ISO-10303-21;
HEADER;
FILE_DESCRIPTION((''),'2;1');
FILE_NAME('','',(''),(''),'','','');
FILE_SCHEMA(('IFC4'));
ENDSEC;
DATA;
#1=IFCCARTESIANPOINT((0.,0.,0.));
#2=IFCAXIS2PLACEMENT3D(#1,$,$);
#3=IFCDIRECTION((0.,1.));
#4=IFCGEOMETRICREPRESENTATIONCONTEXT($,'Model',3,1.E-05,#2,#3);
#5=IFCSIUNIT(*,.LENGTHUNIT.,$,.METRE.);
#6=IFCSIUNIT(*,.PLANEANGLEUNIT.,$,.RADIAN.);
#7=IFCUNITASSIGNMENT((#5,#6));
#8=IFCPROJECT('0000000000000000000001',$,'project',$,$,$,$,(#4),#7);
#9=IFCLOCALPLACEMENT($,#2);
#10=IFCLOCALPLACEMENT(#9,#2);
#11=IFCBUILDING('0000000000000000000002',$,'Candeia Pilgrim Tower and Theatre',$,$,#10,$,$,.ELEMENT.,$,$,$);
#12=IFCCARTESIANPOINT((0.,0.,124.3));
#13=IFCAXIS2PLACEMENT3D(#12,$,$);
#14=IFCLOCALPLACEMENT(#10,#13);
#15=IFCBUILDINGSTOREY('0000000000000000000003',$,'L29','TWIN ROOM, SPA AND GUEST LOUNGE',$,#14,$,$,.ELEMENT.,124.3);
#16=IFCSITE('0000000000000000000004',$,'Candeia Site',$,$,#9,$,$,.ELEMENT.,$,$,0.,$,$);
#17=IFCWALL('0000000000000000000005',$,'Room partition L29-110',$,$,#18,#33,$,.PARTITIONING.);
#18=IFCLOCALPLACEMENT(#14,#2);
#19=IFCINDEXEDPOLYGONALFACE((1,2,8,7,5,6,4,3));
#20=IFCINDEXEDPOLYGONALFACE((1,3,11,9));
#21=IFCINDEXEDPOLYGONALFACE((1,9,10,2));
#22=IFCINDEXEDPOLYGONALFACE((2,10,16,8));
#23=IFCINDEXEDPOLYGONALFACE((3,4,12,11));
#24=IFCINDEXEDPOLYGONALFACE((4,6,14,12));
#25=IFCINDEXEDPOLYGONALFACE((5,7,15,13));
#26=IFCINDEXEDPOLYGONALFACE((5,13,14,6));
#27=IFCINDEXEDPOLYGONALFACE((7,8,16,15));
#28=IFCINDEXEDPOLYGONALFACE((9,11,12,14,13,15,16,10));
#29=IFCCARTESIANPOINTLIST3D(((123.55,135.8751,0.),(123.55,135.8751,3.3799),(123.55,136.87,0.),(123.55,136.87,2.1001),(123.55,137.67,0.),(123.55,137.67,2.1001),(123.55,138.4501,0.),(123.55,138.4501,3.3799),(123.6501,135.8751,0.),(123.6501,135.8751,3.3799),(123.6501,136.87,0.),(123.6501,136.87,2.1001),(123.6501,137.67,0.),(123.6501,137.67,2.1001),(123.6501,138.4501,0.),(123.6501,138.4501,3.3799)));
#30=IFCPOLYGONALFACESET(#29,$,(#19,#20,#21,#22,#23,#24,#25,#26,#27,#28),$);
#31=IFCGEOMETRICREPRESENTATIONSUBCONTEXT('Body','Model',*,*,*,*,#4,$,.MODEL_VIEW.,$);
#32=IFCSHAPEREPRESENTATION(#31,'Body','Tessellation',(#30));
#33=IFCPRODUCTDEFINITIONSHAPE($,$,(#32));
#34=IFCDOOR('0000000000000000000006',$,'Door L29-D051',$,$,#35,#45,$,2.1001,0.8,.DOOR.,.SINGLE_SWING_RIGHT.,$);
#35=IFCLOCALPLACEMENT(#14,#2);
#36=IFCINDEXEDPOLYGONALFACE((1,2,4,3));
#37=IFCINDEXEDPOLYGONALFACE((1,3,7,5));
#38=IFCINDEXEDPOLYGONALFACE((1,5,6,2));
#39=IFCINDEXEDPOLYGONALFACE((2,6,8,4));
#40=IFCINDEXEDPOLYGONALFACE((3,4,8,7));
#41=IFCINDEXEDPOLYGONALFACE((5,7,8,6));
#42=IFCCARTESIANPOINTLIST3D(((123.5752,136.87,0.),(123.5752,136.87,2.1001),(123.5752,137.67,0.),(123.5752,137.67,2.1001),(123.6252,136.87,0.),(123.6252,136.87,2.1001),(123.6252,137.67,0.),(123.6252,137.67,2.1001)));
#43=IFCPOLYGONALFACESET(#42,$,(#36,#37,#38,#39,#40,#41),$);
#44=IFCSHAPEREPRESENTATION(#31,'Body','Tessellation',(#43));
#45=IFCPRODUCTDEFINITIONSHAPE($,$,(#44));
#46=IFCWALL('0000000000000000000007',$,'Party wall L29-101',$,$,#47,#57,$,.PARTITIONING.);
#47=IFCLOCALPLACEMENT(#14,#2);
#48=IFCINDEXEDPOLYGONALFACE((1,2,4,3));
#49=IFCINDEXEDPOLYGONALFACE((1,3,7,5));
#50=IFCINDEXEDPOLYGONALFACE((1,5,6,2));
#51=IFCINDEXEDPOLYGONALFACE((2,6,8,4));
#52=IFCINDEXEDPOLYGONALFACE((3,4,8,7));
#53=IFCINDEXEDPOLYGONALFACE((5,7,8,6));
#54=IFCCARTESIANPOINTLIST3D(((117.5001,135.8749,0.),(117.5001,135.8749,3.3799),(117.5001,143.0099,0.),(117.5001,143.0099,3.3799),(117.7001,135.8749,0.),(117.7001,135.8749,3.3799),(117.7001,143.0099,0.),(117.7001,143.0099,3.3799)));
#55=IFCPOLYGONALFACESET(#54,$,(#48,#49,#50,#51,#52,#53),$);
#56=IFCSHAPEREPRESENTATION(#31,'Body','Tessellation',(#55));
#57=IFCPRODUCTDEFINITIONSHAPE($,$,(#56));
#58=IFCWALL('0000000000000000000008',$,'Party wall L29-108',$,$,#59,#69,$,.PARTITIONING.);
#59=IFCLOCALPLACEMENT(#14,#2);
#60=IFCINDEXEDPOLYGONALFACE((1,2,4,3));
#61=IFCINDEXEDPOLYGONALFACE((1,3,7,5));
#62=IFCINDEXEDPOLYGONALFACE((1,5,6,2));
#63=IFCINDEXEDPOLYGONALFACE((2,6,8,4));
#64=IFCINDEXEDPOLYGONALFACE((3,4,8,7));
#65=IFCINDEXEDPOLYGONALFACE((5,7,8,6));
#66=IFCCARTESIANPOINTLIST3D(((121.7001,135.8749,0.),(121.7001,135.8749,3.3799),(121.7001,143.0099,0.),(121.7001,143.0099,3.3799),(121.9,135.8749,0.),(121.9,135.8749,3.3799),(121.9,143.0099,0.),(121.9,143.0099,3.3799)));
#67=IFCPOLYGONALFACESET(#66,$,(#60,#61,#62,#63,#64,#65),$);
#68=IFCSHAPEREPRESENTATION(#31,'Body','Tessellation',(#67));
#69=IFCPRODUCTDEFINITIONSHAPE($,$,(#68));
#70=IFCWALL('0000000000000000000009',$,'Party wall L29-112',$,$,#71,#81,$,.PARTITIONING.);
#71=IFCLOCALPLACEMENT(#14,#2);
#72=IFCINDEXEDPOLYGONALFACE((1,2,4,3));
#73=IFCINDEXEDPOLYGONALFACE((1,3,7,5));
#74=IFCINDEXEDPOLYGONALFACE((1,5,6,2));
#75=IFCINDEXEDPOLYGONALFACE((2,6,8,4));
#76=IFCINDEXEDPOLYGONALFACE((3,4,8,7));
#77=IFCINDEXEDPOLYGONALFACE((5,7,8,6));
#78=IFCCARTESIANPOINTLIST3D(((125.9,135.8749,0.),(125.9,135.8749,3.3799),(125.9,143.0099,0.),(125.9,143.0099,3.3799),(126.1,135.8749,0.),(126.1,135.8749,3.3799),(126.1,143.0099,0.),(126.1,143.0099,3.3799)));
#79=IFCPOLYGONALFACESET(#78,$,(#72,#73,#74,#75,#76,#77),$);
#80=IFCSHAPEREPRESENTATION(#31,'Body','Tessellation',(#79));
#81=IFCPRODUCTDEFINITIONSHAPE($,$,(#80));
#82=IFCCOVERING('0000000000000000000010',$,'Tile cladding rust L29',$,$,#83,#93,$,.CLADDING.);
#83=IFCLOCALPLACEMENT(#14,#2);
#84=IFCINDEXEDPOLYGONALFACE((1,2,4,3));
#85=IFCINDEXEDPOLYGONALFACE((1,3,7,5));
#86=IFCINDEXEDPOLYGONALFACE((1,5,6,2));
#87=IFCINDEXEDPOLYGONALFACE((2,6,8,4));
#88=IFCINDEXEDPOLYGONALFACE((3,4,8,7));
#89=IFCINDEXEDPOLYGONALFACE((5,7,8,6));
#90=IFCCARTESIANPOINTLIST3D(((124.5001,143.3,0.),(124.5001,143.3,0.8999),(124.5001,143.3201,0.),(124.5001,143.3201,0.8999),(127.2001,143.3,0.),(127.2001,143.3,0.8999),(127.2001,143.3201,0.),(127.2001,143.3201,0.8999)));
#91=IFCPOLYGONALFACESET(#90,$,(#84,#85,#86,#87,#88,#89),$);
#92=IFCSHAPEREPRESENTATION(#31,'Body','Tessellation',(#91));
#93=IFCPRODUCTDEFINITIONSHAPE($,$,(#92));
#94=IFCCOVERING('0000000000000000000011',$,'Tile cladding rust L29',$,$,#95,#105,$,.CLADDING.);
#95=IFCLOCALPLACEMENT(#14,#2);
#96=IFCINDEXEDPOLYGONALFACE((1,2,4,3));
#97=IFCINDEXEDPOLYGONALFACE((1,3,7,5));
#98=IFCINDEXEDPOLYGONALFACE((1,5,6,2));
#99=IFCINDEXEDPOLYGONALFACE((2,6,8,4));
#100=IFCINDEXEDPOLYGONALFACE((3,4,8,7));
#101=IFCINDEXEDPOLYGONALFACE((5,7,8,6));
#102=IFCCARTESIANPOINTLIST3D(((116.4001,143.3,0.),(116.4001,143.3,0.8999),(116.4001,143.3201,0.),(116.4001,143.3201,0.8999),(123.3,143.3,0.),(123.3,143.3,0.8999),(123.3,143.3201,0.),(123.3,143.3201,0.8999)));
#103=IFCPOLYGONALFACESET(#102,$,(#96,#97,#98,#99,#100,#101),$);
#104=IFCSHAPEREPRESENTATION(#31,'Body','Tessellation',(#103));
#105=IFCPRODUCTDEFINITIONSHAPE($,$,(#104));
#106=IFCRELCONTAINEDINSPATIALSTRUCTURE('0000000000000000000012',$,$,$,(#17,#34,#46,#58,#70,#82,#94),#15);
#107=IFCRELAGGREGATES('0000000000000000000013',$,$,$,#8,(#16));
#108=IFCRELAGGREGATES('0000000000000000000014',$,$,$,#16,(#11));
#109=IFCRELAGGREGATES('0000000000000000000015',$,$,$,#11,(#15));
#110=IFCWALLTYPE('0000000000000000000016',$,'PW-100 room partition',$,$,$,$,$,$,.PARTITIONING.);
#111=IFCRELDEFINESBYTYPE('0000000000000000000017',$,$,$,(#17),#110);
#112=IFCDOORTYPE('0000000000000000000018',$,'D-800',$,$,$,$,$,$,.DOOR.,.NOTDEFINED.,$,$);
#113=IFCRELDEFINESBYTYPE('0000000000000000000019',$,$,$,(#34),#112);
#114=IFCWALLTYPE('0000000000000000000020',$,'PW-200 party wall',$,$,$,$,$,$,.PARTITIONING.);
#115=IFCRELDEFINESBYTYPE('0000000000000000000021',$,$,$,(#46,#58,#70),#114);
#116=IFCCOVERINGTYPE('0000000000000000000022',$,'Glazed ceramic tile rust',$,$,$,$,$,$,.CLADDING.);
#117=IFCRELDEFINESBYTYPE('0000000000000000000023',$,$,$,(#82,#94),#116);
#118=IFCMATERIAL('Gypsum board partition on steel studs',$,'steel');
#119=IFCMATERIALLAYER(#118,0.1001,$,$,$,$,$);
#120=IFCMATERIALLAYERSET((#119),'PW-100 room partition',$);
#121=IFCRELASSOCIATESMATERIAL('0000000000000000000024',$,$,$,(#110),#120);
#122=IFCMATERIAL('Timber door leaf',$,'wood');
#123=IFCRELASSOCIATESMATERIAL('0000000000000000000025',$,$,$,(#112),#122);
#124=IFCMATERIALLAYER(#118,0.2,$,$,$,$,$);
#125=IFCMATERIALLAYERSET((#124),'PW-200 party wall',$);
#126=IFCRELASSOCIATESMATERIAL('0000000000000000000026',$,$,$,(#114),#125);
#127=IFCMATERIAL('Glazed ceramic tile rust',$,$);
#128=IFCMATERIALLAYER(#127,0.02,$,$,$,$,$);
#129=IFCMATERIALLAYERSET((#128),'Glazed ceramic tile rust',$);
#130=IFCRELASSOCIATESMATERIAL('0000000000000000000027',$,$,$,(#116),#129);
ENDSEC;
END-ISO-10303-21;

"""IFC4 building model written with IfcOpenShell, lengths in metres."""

from ifc_helpers import new_model, si_unit, direction, frame, frame_2d, origin, origin_2d, place, context, subcontext, project, spatial, rectangle, extrude, material, layer, layer_set, type_object, element, fill, save


model = new_model("IFC4")

# Units and contexts
model_context = context("Model", 3, precision=1e-05, world=origin(), true_north=direction((0.0, 1.0)))
body_context = subcontext(model_context, "Body", "Model", "MODEL_VIEW")
ifc_project = project(units=[si_unit("LENGTHUNIT", "METRE"), si_unit("PLANEANGLEUNIT", "RADIAN")], contexts=[model_context])

# Site, building, storey
site_placement = place(None, origin())
site = spatial("IfcSite", under=ifc_project, at=site_placement, Name="Candeia Site", CompositionType="ELEMENT", RefElevation=0.0)
building_placement = place(site_placement, origin())
building = spatial("IfcBuilding", under=site, at=building_placement, Name="Candeia Pilgrim Tower and Theatre", CompositionType="ELEMENT")
storey_placement = place(building_placement, frame((0.0, 0.0, 124.3)))
storey = spatial("IfcBuildingStorey", under=building, at=storey_placement, Name="L29", Description="TWIN ROOM, SPA AND GUEST LOUNGE", CompositionType="ELEMENT", Elevation=124.3)

# Shared definitions
ifc_material_1 = material(Name="Gypsum board partition on steel studs", Category="steel")
ifc_layer_1 = layer(ifc_material_1, 0.1001)
ifc_layer_set_1 = layer_set([ifc_layer_1], Name="PW-100 room partition")
wall_type_1 = type_object("IfcWallType", Name="PW-100 room partition", PredefinedType="PARTITIONING", material=ifc_layer_set_1)
ifc_material_2 = material(Name="Timber door leaf", Category="wood")
door_type_1 = type_object("IfcDoorType", Name="D-800", OperationType="NOTDEFINED", PredefinedType="DOOR", material=ifc_material_2)

# Wall, opening, door
wall_1_placement = place(storey_placement, frame((123.6001, 135.875, 0.0), z_axis=(0.0, 0.0, 1.0), x_axis=(0.0, 1.0, 0.0)))
wall_1 = element("IfcWall", 1, at=wall_1_placement, inside=storey, type_object=wall_type_1, Name="Room partition L29-110", PredefinedType="PARTITIONING", context=body_context, shape_type="SweptSolid", body=[
    extrude(rectangle(XDim=2.575, YDim=0.1001, at=frame_2d((1.2876, 0.0))), origin(), (0.0, 0.0, 1.0), 3.3799),
])
opening_1_placement = place(wall_1_placement, frame((0.9951, 0.0, 0.0)))
opening_1 = element("IfcOpeningElement", 2, at=opening_1_placement, cuts=wall_1, PredefinedType="OPENING", context=body_context, shape_type="SweptSolid", body=[
    extrude(rectangle(XDim=0.8, YDim=2.1001, at=frame_2d((0.3999, 1.05))), frame((0.0, 0.0601, 0.0), z_axis=(0.0, -1.0, 0.0), x_axis=(1.0, 0.0, 0.0)), (0.0, 0.0, 1.0), 0.1201),
])
door_1_placement = place(opening_1_placement, origin())
door_1 = element("IfcDoor", 3, at=door_1_placement, inside=storey, type_object=door_type_1, Name="Door L29-D051", OperationType="SINGLE_SWING_RIGHT", OverallHeight=2.1001, OverallWidth=0.8, PredefinedType="DOOR", context=body_context, shape_type="SweptSolid", body=[
    extrude(rectangle(XDim=0.8, YDim=2.1001, at=frame_2d((0.3999, 1.05))), frame((0.0, 0.0249, 0.0), z_axis=(0.0, -1.0, 0.0), x_axis=(1.0, 0.0, 0.0)), (0.0, 0.0, 1.0), 0.05),
])
fill(opening_1, door_1)

# Walls
ifc_layer_2 = layer(ifc_material_1, 0.2)
ifc_layer_set_2 = layer_set([ifc_layer_2], Name="PW-200 party wall")
wall_type_2 = type_object("IfcWallType", Name="PW-200 party wall", PredefinedType="PARTITIONING", material=ifc_layer_set_2)
for number, where, z_axis, x_axis, name in (
    (4, (117.6001, 135.875, 0.0), (0.0, 0.0, 1.0), (0.0, 1.0, 0.0), "Party wall L29-101"),
    (5, (121.8, 135.875, 0.0), (0.0, 0.0, 1.0), (0.0, 1.0, 0.0), "Party wall L29-108"),
    (6, (126.0, 135.875, 0.0), (0.0, 0.0, 1.0), (0.0, 1.0, 0.0), "Party wall L29-112"),
):
    element("IfcWall", number, at=place(storey_placement, frame(where, z_axis=z_axis, x_axis=x_axis)), inside=storey, type_object=wall_type_2, Name=name, PredefinedType="PARTITIONING", context=body_context, shape_type="SweptSolid", body=[
        extrude(rectangle(XDim=7.135, YDim=0.2, at=frame_2d((3.5674, 0.0))), origin(), (0.0, 0.0, 1.0), 3.3799),
    ])

# Coverings
ifc_material_3 = material(Name="Glazed ceramic tile rust")
ifc_layer_3 = layer(ifc_material_3, 0.02)
ifc_layer_set_3 = layer_set([ifc_layer_3], Name="Glazed ceramic tile rust")
covering_type = type_object("IfcCoveringType", Name="Glazed ceramic tile rust", PredefinedType="CLADDING", material=ifc_layer_set_3)
covering_1_placement = place(storey_placement, frame((125.8501, 143.3101, 0.0), z_axis=(0.0, 0.0, 1.0), x_axis=(-1.0, 0.0, 0.0)))
element("IfcCovering", 7, at=covering_1_placement, inside=storey, type_object=covering_type, Name="Tile cladding rust L29", PredefinedType="CLADDING", context=body_context, shape_type="SweptSolid", body=[
    extrude(rectangle(XDim=2.7, YDim=0.02, at=origin_2d()), origin(), (0.0, 0.0, 1.0), 0.8999),
])
covering_2_placement = place(storey_placement, frame((119.8501, 143.3101, 0.0), z_axis=(0.0, 0.0, 1.0), x_axis=(-1.0, 0.0, 0.0)))
element("IfcCovering", 8, at=covering_2_placement, inside=storey, type_object=covering_type, Name="Tile cladding rust L29", PredefinedType="CLADDING", context=body_context, shape_type="SweptSolid", body=[
    extrude(rectangle(XDim=6.8999, YDim=0.02, at=origin_2d()), origin(), (0.0, 0.0, 1.0), 0.8999),
])

save(model, "model.ifc")
